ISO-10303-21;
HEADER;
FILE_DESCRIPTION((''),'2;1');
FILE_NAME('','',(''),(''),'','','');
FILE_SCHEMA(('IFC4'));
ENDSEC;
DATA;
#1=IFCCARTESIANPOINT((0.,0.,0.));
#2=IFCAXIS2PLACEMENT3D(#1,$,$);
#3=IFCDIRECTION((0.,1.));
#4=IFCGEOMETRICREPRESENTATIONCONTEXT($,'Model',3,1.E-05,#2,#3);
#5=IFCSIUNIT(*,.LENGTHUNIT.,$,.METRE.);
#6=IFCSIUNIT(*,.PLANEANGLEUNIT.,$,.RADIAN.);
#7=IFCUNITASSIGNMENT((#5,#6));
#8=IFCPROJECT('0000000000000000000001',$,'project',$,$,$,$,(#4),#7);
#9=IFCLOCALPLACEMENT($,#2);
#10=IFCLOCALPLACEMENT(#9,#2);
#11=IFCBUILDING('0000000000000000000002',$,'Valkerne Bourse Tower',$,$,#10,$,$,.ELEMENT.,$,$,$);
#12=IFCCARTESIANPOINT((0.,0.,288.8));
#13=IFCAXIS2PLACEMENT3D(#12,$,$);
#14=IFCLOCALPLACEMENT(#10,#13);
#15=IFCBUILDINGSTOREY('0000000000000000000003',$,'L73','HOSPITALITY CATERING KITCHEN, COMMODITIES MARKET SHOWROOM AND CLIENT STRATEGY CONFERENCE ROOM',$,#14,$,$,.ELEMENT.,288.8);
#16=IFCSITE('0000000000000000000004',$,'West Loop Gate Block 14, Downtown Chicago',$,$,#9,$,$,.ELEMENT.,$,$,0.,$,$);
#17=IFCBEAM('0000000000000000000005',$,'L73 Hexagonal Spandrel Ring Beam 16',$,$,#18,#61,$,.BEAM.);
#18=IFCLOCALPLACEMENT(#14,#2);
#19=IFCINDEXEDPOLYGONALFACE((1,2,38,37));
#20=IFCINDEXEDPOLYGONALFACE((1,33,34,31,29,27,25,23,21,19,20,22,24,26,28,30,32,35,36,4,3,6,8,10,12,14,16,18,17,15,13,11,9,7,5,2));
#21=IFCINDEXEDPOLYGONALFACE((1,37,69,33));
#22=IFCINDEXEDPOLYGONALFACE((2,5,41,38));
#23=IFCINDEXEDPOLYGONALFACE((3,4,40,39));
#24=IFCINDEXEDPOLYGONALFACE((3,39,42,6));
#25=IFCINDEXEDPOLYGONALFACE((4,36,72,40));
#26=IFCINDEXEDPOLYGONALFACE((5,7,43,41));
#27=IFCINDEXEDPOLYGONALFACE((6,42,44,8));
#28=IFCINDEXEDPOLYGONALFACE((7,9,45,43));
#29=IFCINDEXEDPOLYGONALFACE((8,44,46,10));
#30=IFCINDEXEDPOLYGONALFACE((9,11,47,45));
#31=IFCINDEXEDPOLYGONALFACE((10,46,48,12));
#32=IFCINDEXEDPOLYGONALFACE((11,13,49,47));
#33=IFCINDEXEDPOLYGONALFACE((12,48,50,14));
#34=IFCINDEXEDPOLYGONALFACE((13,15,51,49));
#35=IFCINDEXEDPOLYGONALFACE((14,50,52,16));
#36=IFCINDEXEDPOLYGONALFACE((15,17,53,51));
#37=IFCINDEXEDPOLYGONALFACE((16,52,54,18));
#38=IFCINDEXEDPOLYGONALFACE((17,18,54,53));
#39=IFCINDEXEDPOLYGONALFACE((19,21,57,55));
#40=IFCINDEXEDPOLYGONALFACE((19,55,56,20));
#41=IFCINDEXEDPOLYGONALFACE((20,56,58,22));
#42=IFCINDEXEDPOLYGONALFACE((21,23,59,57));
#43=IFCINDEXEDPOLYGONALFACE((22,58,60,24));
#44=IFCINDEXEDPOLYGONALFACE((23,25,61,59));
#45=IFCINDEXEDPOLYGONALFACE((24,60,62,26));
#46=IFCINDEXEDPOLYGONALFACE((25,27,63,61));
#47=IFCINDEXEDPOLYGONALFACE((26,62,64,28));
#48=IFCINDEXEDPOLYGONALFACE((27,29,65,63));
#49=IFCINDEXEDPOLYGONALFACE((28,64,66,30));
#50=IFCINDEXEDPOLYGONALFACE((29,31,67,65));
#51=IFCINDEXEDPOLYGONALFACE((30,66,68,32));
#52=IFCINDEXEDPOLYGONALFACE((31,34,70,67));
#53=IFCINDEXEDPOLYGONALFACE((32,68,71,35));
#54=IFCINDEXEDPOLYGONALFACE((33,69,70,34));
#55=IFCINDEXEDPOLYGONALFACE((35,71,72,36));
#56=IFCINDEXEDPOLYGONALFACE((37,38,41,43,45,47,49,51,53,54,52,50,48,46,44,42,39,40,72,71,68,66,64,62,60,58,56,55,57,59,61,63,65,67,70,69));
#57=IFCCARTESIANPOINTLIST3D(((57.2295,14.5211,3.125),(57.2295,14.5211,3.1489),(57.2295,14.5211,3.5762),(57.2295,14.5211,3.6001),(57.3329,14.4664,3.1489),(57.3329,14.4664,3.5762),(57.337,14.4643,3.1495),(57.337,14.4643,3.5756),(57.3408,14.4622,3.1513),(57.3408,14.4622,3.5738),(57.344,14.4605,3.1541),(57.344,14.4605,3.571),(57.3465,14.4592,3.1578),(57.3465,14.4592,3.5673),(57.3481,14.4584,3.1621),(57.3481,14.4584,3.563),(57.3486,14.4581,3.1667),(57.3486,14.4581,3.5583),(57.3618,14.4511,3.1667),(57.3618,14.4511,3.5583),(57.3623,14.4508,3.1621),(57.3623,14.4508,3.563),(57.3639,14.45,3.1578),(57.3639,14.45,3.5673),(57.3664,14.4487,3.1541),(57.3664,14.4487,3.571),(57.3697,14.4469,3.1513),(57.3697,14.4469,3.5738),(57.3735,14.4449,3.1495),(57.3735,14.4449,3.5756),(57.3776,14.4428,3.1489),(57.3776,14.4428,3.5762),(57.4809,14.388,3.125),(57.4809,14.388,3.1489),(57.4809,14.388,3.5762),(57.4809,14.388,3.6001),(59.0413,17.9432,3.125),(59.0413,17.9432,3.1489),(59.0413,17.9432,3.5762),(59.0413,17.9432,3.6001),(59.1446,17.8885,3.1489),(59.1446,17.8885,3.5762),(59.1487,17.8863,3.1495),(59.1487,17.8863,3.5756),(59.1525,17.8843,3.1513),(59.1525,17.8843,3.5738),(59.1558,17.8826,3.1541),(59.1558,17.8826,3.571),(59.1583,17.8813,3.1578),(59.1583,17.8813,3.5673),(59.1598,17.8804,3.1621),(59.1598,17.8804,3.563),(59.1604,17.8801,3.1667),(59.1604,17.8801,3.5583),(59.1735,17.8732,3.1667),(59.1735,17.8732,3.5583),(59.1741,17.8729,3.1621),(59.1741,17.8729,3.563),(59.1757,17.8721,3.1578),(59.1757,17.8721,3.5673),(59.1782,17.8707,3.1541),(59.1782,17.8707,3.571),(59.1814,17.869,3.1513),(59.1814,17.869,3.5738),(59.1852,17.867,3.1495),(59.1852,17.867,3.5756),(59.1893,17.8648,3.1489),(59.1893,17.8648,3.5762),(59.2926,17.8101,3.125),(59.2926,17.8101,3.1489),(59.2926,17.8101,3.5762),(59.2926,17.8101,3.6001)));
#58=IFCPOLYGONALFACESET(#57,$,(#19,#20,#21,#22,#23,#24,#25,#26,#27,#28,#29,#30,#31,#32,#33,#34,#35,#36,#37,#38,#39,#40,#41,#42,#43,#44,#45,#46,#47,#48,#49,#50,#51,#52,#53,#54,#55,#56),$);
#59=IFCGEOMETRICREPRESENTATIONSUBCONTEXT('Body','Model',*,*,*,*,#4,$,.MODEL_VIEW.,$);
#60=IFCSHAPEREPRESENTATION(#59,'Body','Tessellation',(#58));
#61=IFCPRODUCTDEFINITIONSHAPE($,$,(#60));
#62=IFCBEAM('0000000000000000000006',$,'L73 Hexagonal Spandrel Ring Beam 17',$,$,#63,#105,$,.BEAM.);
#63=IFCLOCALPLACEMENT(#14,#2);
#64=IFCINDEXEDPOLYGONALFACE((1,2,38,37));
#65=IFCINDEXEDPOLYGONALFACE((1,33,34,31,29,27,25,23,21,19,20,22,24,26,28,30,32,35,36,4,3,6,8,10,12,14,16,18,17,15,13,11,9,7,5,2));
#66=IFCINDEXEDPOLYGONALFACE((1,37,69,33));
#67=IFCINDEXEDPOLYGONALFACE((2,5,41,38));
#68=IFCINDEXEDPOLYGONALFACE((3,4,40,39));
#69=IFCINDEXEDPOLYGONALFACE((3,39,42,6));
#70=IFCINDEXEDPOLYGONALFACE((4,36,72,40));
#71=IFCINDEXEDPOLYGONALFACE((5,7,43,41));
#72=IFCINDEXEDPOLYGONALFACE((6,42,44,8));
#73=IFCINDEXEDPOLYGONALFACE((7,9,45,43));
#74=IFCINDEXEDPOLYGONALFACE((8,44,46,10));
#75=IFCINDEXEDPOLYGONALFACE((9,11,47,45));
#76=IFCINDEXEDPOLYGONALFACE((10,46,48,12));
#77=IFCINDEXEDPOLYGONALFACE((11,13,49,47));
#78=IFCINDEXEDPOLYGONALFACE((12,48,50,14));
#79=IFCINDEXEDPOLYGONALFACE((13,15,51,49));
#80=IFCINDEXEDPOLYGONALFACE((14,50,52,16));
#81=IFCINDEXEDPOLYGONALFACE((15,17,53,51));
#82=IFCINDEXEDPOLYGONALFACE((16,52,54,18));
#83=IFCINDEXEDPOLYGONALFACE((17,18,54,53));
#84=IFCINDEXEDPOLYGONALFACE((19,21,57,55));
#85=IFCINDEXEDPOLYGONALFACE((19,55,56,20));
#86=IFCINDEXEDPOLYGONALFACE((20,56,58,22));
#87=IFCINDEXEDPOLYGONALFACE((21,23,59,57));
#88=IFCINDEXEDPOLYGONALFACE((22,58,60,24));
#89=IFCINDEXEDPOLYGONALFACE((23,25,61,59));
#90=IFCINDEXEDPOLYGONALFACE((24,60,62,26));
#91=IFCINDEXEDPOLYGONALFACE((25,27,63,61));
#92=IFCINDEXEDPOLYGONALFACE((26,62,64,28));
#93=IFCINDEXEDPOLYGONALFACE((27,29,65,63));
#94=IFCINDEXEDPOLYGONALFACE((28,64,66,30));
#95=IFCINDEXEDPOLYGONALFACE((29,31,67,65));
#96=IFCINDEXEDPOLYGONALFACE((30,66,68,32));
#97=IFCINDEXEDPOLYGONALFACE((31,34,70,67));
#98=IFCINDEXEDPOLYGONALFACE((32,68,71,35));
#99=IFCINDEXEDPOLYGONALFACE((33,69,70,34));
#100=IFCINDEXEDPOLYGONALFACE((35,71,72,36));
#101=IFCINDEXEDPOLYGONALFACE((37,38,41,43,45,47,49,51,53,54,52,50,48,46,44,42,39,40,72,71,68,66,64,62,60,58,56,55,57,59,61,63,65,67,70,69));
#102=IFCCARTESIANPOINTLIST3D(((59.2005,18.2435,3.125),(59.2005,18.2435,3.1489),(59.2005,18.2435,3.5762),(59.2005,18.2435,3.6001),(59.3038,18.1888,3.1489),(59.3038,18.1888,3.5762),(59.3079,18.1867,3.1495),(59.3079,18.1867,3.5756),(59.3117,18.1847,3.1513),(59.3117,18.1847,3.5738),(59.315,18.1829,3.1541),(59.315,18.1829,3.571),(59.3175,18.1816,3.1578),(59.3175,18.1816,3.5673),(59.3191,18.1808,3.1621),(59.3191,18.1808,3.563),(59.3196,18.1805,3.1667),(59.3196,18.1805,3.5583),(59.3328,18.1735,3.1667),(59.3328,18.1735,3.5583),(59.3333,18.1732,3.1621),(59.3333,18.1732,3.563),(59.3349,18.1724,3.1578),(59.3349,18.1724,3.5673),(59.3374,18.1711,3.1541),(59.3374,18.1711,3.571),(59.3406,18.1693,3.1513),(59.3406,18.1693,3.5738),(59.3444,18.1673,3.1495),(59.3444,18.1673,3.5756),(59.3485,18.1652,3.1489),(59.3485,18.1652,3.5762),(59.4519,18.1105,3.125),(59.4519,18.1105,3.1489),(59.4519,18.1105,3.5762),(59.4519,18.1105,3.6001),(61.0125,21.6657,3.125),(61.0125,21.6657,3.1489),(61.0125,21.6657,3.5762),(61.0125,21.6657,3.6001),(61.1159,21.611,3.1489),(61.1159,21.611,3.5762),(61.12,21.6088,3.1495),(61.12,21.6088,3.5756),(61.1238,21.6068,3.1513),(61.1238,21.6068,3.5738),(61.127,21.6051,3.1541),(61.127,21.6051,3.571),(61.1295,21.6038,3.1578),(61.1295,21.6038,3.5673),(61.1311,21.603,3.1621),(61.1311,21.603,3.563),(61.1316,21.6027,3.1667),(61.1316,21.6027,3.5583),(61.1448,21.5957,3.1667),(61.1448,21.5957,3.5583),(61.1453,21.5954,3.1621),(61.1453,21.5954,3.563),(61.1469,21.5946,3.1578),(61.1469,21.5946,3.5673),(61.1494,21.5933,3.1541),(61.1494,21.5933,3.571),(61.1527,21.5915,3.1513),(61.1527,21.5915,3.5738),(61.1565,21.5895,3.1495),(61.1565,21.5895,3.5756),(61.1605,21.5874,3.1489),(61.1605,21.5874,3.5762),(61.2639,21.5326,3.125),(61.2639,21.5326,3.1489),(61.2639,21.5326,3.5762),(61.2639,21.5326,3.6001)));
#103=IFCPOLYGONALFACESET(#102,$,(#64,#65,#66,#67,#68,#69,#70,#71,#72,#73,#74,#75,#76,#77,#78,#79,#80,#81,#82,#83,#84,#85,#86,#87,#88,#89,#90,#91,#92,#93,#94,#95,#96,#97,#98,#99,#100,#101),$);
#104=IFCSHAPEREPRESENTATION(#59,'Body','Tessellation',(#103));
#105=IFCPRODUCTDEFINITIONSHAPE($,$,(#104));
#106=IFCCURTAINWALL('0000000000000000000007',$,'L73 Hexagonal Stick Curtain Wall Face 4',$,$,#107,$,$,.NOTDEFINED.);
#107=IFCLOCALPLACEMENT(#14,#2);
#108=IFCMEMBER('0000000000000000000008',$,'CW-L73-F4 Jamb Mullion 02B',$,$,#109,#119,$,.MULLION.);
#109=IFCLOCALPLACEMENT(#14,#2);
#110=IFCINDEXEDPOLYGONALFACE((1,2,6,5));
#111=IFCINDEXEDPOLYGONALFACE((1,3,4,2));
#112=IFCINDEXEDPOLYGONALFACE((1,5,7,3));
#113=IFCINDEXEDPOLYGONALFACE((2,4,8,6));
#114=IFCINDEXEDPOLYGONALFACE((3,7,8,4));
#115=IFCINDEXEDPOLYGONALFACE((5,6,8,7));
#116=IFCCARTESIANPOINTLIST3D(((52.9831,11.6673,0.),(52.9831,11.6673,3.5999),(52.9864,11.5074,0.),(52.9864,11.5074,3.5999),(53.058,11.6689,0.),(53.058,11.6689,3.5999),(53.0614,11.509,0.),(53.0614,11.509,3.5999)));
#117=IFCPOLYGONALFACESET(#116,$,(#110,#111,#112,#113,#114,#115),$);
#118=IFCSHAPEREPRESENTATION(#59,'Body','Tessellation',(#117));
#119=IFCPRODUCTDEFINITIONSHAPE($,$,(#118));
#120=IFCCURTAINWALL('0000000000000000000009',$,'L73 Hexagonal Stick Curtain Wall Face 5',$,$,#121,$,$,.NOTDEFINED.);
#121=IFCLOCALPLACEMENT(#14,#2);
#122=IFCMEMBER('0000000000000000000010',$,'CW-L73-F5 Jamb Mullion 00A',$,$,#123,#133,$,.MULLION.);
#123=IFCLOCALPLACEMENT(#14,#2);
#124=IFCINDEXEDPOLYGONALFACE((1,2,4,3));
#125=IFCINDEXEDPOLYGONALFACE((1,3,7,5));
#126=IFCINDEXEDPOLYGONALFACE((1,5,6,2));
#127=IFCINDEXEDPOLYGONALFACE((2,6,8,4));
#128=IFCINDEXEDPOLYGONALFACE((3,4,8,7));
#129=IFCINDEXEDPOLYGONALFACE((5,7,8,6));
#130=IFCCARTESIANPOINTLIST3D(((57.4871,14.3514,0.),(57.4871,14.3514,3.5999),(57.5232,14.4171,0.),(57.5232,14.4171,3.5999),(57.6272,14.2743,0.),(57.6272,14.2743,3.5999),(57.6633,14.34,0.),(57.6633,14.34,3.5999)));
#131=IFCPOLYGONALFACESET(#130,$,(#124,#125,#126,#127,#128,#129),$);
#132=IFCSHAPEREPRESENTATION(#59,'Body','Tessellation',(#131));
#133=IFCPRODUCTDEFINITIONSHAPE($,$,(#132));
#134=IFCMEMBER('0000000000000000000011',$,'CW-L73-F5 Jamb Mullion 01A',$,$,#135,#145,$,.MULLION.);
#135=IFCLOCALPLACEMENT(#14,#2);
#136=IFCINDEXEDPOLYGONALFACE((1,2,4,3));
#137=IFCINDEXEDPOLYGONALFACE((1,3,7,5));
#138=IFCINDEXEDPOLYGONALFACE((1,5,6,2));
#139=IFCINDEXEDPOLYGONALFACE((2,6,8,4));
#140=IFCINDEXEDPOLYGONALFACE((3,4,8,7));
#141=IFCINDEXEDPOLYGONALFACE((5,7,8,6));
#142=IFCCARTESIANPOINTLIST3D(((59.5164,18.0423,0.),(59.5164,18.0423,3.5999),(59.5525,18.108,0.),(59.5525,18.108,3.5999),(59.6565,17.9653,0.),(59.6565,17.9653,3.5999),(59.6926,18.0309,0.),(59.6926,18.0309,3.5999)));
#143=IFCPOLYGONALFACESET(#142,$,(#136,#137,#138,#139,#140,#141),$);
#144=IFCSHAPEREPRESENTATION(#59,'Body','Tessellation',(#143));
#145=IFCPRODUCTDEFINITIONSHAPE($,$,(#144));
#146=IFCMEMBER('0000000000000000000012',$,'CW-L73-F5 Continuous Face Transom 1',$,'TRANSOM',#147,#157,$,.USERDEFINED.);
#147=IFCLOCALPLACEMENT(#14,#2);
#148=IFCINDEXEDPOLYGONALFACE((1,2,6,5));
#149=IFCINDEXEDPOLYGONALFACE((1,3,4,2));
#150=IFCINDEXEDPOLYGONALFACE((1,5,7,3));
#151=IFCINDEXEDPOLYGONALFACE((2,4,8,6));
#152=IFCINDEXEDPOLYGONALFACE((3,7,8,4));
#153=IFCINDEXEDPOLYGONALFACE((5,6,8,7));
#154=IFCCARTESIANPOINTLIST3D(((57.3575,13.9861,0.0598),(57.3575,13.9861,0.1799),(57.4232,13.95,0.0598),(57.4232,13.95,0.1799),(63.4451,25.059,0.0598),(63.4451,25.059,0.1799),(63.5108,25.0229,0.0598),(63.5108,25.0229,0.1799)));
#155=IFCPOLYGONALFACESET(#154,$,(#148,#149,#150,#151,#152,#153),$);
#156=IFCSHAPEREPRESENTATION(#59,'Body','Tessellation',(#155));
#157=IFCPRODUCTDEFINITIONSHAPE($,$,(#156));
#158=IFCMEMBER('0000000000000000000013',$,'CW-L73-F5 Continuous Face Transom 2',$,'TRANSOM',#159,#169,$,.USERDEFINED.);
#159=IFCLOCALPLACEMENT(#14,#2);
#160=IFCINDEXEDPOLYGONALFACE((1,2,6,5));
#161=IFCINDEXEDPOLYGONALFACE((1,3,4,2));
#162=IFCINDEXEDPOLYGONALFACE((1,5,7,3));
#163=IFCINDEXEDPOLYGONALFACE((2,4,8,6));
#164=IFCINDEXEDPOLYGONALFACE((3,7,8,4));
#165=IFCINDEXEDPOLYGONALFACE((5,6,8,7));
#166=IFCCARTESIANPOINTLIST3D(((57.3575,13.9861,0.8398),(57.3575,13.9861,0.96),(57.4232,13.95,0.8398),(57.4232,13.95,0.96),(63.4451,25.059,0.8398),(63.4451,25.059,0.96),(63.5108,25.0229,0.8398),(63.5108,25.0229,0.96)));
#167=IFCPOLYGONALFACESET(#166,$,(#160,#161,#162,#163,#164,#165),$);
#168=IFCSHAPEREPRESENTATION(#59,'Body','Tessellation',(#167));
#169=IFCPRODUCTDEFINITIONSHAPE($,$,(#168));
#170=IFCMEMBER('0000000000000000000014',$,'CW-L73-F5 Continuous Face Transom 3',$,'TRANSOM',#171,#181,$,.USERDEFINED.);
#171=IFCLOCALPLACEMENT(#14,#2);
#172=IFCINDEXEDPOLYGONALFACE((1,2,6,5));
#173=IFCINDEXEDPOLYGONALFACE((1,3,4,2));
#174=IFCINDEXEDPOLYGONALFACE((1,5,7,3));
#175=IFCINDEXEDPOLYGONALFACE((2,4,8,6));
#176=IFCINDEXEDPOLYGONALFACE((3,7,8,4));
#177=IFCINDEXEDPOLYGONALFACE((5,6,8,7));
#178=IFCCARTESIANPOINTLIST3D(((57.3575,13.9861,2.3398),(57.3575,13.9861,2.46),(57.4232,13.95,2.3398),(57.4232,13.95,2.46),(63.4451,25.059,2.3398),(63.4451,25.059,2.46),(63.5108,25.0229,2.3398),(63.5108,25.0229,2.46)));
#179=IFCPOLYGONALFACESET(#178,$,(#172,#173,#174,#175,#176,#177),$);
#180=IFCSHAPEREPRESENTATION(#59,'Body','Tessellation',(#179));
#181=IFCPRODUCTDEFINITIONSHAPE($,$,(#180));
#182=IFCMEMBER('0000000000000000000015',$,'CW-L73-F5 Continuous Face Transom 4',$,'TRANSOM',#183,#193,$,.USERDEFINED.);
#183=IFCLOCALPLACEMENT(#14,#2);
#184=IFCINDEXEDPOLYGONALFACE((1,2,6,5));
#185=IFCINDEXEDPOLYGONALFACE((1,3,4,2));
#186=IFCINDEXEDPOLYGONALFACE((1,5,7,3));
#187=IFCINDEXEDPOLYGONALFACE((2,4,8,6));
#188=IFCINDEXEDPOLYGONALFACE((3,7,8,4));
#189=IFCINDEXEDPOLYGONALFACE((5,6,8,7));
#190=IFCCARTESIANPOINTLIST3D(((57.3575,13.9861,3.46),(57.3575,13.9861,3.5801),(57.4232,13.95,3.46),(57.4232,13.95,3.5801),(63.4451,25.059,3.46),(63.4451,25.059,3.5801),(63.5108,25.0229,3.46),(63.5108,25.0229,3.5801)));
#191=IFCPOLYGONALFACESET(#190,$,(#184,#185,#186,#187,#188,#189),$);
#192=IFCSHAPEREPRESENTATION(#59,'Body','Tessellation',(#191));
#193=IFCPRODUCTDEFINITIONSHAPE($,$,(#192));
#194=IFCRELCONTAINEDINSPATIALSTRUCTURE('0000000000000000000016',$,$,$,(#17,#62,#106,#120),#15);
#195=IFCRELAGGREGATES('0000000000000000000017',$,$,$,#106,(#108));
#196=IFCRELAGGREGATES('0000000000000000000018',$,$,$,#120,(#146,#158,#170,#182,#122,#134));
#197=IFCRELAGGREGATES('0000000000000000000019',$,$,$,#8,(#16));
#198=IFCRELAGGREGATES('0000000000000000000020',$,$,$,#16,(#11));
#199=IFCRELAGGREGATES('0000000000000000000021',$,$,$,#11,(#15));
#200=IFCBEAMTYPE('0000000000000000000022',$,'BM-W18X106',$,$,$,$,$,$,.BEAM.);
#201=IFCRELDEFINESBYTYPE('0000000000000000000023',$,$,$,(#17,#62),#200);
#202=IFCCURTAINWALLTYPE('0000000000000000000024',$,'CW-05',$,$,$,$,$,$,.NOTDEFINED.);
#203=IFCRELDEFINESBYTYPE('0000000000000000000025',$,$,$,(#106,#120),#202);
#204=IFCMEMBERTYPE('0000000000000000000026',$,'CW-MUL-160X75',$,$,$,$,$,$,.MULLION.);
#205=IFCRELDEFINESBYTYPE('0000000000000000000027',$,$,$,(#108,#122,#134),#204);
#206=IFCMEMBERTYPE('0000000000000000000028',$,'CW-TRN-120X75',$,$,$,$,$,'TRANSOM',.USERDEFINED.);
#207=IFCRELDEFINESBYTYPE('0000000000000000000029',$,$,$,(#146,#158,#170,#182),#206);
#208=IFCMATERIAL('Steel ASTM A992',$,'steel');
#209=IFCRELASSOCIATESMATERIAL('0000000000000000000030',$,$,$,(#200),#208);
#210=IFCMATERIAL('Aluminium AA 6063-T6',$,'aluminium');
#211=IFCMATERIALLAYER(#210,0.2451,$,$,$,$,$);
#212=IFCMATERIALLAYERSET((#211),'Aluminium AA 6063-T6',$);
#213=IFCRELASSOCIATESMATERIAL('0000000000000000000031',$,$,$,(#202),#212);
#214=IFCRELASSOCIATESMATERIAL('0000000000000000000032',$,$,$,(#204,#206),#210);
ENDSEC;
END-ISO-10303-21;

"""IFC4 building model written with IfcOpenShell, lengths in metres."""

from ifc_helpers import new_model, si_unit, direction, frame, origin, origin_2d, place, context, subcontext, project, spatial, rectangle, i_section, extrude, material, layer, layer_set, material_profile, profile_set, type_object, element, aggregate, save


model = new_model("IFC4")

# Units and contexts
model_context = context("Model", 3, precision=1e-05, world=origin(), true_north=direction((0.0, 1.0)))
body_context = subcontext(model_context, "Body", "Model", "MODEL_VIEW")
ifc_project = project(units=[si_unit("LENGTHUNIT", "METRE"), si_unit("PLANEANGLEUNIT", "RADIAN")], contexts=[model_context])

# Site, building, storey
site_placement = place(None, origin())
site = spatial("IfcSite", under=ifc_project, at=site_placement, Name="West Loop Gate Block 14, Downtown Chicago", CompositionType="ELEMENT", RefElevation=0.0)
building_placement = place(site_placement, origin())
building = spatial("IfcBuilding", under=site, at=building_placement, Name="Valkerne Bourse Tower", CompositionType="ELEMENT")
storey_placement = place(building_placement, frame((0.0, 0.0, 288.8)))
storey = spatial("IfcBuildingStorey", under=building, at=storey_placement, Name="L73", Description="HOSPITALITY CATERING KITCHEN, COMMODITIES MARKET SHOWROOM AND CLIENT STRATEGY CONFERENCE ROOM", CompositionType="ELEMENT", Elevation=288.8)

# Beams
ifc_material_1 = material(Name="Steel ASTM A992", Category="steel")
ifc_material_profile_1 = material_profile(ifc_material_1, i_section(OverallWidth=0.2844, OverallDepth=0.4751, WebThickness=0.0149, FlangeThickness=0.0239, FilletRadius=0.0178, at=origin_2d()), Name="W18X106")
ifc_profile_set_1 = profile_set([ifc_material_profile_1], Name="Steel ASTM A992")
beam_type = type_object("IfcBeamType", Name="BM-W18X106", PredefinedType="BEAM", material=ifc_profile_set_1)
beam_1_placement = place(storey_placement, frame((57.3552, 14.4546, 3.3625), z_axis=(0.467899, 0.883782, 0.0), x_axis=(-0.883782, 0.467899, 0.0)))
element("IfcBeam", 1, at=beam_1_placement, inside=storey, type_object=beam_type, Name="L73 Hexagonal Spandrel Ring Beam 16", PredefinedType="BEAM", context=body_context, shape_type="SweptSolid", body=[
    extrude(i_section(OverallWidth=0.2844, OverallDepth=0.4751, WebThickness=0.0149, FlangeThickness=0.0239, FilletRadius=0.0178, at=origin_2d()), origin(), (0.0, 0.0, 1.0), 3.8721),
])
beam_2_placement = place(storey_placement, frame((59.3262, 18.177, 3.3625), z_axis=(0.467949, 0.883756, 0.0), x_axis=(-0.883756, 0.467949, 0.0)))
element("IfcBeam", 2, at=beam_2_placement, inside=storey, type_object=beam_type, Name="L73 Hexagonal Spandrel Ring Beam 17", PredefinedType="BEAM", context=body_context, shape_type="SweptSolid", body=[
    extrude(i_section(OverallWidth=0.2844, OverallDepth=0.4751, WebThickness=0.0149, FlangeThickness=0.0239, FilletRadius=0.0178, at=origin_2d()), origin(), (0.0, 0.0, 1.0), 3.8723),
])

# Curtain wall, member
ifc_material_2 = material(Name="Aluminium AA 6063-T6", Category="aluminium")
ifc_layer_1 = layer(ifc_material_2, 0.2451)
ifc_layer_set_1 = layer_set([ifc_layer_1], Name="Aluminium AA 6063-T6")
curtain_wall_type = type_object("IfcCurtainWallType", Name="CW-05", PredefinedType="NOTDEFINED", material=ifc_layer_set_1)
curtain_wall_1_placement = place(storey_placement, origin())
curtain_wall_1 = element("IfcCurtainWall", 3, at=curtain_wall_1_placement, inside=storey, type_object=curtain_wall_type, Name="L73 Hexagonal Stick Curtain Wall Face 4", PredefinedType="NOTDEFINED")
ifc_material_profile_2 = material_profile(ifc_material_2, rectangle(XDim=0.075, YDim=0.1599, at=origin_2d()), Name="CWM-75X160")
ifc_profile_set_2 = profile_set([ifc_material_profile_2], Name="Aluminium AA 6063-T6")
member_type_1 = type_object("IfcMemberType", Name="CW-MUL-160X75", PredefinedType="MULLION", material=ifc_profile_set_2)
member_1_placement = place(storey_placement, frame((53.0222, 11.5881, 0.0), z_axis=(0.0, 0.0, 1.0), x_axis=(0.999781, 0.02094, 0.0)))
member_1 = element("IfcMember", 4, at=member_1_placement, type_object=member_type_1, Name="CW-L73-F4 Jamb Mullion 02B", PredefinedType="MULLION", context=body_context, shape_type="SweptSolid", body=[
    extrude(rectangle(XDim=0.075, YDim=0.1599, at=origin_2d()), origin(), (0.0, 0.0, 1.0), 3.5999),
])

# Curtain wall, members
curtain_wall_2_placement = place(storey_placement, origin())
curtain_wall_2 = element("IfcCurtainWall", 5, at=curtain_wall_2_placement, inside=storey, type_object=curtain_wall_type, Name="L73 Hexagonal Stick Curtain Wall Face 5", PredefinedType="NOTDEFINED")
member_2_placement = place(storey_placement, frame((57.5752, 14.3457, 0.0), z_axis=(0.0, 0.0, 1.0), x_axis=(0.481764, 0.876301, 0.0)))
member_2 = element("IfcMember", 6, at=member_2_placement, type_object=member_type_1, Name="CW-L73-F5 Jamb Mullion 00A", PredefinedType="MULLION", context=body_context, shape_type="SweptSolid", body=[
    extrude(rectangle(XDim=0.075, YDim=0.1599, at=origin_2d()), origin(), (0.0, 0.0, 1.0), 3.5999),
])
member_3_placement = place(storey_placement, frame((59.6045, 18.0366, 0.0), z_axis=(0.0, 0.0, 1.0), x_axis=(0.481736, 0.876317, 0.0)))
member_3 = element("IfcMember", 7, at=member_3_placement, type_object=member_type_1, Name="CW-L73-F5 Jamb Mullion 01A", PredefinedType="MULLION", context=body_context, shape_type="SweptSolid", body=[
    extrude(rectangle(XDim=0.075, YDim=0.1599, at=origin_2d()), origin(), (0.0, 0.0, 1.0), 3.5999),
])
ifc_material_profile_3 = material_profile(ifc_material_2, rectangle(XDim=0.075, YDim=0.1201, at=origin_2d()), Name="CWT-75X120")
ifc_profile_set_3 = profile_set([ifc_material_profile_3], Name="Aluminium AA 6063-T6")
member_type_2 = type_object("IfcMemberType", Name="CW-TRN-120X75", ElementType="TRANSOM", PredefinedType="USERDEFINED", material=ifc_profile_set_3)
member_4_placement = place(storey_placement, frame((57.3904, 13.968, 0.1199), z_axis=(0.481767, 0.8763, 0.0), x_axis=(-0.8763, 0.481767, 0.0)))
member_4 = element("IfcMember", 8, at=member_4_placement, type_object=member_type_2, Name="CW-L73-F5 Continuous Face Transom 1", ObjectType="TRANSOM", PredefinedType="USERDEFINED", context=body_context, shape_type="SweptSolid", body=[
    extrude(rectangle(XDim=0.075, YDim=0.1201, at=origin_2d()), origin(), (0.0, 0.0, 1.0), 12.636),
])
member_5_placement = place(storey_placement, frame((57.3904, 13.968, 0.8999), z_axis=(0.481767, 0.8763, 0.0), x_axis=(-0.8763, 0.481767, 0.0)))
member_5 = element("IfcMember", 9, at=member_5_placement, type_object=member_type_2, Name="CW-L73-F5 Continuous Face Transom 2", ObjectType="TRANSOM", PredefinedType="USERDEFINED", context=body_context, shape_type="SweptSolid", body=[
    extrude(rectangle(XDim=0.075, YDim=0.1201, at=origin_2d()), origin(), (0.0, 0.0, 1.0), 12.636),
])
member_6_placement = place(storey_placement, frame((57.3904, 13.968, 2.3999), z_axis=(0.481767, 0.8763, 0.0), x_axis=(-0.8763, 0.481767, 0.0)))
member_6 = element("IfcMember", 10, at=member_6_placement, type_object=member_type_2, Name="CW-L73-F5 Continuous Face Transom 3", ObjectType="TRANSOM", PredefinedType="USERDEFINED", context=body_context, shape_type="SweptSolid", body=[
    extrude(rectangle(XDim=0.075, YDim=0.1201, at=origin_2d()), origin(), (0.0, 0.0, 1.0), 12.636),
])
member_7_placement = place(storey_placement, frame((57.3904, 13.968, 3.52), z_axis=(0.481767, 0.8763, 0.0), x_axis=(-0.8763, 0.481767, 0.0)))
member_7 = element("IfcMember", 11, at=member_7_placement, type_object=member_type_2, Name="CW-L73-F5 Continuous Face Transom 4", ObjectType="TRANSOM", PredefinedType="USERDEFINED", context=body_context, shape_type="SweptSolid", body=[
    extrude(rectangle(XDim=0.075, YDim=0.1201, at=origin_2d()), origin(), (0.0, 0.0, 1.0), 12.636),
])

aggregate(curtain_wall_1, [member_1])
aggregate(curtain_wall_2, [member_4, member_5, member_6, member_7, member_2, member_3])

save(model, "model.ifc")
